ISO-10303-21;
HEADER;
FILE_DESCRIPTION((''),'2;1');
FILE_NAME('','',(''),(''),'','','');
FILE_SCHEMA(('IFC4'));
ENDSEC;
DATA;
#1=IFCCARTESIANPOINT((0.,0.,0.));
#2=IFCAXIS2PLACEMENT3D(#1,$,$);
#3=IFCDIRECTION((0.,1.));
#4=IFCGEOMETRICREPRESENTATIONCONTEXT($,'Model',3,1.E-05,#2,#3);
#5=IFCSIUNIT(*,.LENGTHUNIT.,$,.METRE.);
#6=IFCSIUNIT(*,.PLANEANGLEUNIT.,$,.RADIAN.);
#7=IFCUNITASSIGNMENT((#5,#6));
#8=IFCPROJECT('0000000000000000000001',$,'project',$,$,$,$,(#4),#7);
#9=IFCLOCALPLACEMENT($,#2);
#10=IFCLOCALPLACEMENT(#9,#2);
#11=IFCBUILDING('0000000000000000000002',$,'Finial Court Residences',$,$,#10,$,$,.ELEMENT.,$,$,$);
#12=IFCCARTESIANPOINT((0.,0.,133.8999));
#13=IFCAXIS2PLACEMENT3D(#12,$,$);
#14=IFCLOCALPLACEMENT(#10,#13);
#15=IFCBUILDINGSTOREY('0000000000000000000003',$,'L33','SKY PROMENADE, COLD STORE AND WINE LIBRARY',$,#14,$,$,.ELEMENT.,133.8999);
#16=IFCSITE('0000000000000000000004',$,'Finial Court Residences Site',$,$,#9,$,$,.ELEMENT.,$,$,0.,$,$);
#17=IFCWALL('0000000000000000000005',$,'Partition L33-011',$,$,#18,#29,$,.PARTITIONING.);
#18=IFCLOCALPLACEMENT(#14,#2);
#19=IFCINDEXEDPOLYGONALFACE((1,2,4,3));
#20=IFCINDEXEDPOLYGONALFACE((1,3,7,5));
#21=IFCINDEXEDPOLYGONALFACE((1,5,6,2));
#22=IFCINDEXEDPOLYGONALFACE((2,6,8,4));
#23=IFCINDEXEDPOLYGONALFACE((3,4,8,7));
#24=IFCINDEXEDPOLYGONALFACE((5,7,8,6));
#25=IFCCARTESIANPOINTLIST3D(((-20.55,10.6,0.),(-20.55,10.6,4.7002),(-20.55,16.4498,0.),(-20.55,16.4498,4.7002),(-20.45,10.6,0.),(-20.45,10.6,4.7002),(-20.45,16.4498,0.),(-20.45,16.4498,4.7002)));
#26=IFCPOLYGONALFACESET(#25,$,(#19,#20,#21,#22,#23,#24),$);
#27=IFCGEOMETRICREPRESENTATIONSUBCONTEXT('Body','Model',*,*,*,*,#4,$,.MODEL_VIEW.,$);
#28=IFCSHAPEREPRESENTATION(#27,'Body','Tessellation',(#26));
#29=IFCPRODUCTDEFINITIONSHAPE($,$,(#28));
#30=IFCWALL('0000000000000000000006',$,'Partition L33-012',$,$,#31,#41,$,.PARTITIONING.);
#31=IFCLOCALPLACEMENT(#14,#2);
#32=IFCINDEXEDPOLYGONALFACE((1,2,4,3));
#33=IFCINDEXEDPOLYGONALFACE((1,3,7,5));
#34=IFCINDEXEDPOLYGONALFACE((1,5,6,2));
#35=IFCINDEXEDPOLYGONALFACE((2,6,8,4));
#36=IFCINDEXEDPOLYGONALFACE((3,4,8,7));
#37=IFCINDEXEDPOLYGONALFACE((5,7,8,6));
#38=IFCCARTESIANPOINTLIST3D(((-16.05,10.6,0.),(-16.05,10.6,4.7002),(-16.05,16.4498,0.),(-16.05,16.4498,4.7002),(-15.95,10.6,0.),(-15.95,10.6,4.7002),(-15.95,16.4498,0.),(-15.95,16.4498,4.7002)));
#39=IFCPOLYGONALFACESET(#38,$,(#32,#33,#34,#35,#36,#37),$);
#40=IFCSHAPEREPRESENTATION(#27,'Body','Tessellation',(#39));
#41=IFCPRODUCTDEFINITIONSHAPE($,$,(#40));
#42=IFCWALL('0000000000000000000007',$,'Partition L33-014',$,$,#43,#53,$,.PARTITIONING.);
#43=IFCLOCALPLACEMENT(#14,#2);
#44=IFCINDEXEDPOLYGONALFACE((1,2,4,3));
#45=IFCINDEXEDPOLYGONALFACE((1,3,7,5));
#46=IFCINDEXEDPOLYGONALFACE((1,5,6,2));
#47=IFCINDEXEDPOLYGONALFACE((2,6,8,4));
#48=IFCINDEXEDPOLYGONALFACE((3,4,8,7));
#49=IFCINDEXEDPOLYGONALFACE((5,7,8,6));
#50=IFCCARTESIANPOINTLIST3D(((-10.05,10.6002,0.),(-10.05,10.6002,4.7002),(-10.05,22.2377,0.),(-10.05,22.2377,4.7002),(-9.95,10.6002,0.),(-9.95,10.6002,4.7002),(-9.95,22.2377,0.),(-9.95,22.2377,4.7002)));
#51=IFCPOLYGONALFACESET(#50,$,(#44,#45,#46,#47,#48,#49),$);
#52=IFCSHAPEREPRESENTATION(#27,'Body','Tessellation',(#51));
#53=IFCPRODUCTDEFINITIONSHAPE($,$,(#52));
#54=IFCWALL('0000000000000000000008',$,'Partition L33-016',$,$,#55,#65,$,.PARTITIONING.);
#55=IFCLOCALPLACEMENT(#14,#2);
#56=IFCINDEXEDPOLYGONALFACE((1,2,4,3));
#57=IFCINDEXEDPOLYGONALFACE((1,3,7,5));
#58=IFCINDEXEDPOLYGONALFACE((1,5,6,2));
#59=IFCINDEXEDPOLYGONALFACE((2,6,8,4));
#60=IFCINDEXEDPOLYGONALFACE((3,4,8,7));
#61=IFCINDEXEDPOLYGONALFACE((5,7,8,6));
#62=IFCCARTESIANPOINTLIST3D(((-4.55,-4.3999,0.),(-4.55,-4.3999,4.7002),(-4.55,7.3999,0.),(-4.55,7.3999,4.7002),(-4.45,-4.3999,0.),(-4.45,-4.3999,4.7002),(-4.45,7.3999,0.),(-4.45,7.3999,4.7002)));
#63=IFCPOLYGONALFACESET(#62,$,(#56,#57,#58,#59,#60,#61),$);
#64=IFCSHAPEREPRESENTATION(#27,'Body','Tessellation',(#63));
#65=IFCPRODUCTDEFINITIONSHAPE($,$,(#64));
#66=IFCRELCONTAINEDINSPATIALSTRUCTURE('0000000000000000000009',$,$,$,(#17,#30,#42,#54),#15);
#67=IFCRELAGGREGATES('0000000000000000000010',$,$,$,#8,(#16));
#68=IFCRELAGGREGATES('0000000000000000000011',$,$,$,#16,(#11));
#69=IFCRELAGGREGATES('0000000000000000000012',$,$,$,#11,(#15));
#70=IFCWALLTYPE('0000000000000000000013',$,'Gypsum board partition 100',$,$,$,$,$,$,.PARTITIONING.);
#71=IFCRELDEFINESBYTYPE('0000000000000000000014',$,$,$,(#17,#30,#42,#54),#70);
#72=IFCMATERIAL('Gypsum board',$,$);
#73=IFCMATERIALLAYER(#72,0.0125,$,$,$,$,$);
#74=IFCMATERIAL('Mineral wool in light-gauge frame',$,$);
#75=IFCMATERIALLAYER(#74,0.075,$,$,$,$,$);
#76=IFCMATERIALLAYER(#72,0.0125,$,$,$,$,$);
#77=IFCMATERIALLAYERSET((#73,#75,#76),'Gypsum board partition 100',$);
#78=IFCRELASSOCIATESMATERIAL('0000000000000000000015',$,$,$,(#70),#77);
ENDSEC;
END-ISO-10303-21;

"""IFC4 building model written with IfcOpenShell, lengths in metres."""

from ifc_helpers import new_model, si_unit, direction, frame, frame_2d, origin, place, context, subcontext, project, spatial, rectangle, extrude, material, layer, layer_set, type_object, element, save


model = new_model("IFC4")

# Units and contexts
model_context = context("Model", 3, precision=1e-05, world=origin(), true_north=direction((0.0, 1.0)))
body_context = subcontext(model_context, "Body", "Model", "MODEL_VIEW")
ifc_project = project(units=[si_unit("LENGTHUNIT", "METRE"), si_unit("PLANEANGLEUNIT", "RADIAN")], contexts=[model_context])

# Site, building, storey
site_placement = place(None, origin())
site = spatial("IfcSite", under=ifc_project, at=site_placement, Name="Finial Court Residences Site", CompositionType="ELEMENT", RefElevation=0.0)
building_placement = place(site_placement, origin())
building = spatial("IfcBuilding", under=site, at=building_placement, Name="Finial Court Residences", CompositionType="ELEMENT")
storey_placement = place(building_placement, frame((0.0, 0.0, 133.8999)))
storey = spatial("IfcBuildingStorey", under=building, at=storey_placement, Name="L33", Description="SKY PROMENADE, COLD STORE AND WINE LIBRARY", CompositionType="ELEMENT", Elevation=133.8999)

# Shared definitions
ifc_material_1 = material(Name="Gypsum board")

# Walls
ifc_layer_1 = layer(ifc_material_1, 0.0125)
ifc_material_2 = material(Name="Mineral wool in light-gauge frame")
ifc_layer_2 = layer(ifc_material_2, 0.075)
ifc_layer_3 = layer(ifc_material_1, 0.0125)
ifc_layer_set_1 = layer_set([ifc_layer_1, ifc_layer_2, ifc_layer_3], Name="Gypsum board partition 100")
wall_type_1 = type_object("IfcWallType", Name="Gypsum board partition 100", PredefinedType="PARTITIONING", material=ifc_layer_set_1)
for number, where, z_axis, x_axis, name in (
    (1, (-20.5, 10.6001, 0.0), (0.0, 0.0, 1.0), (0.0, 1.0, 0.0), "Partition L33-011"),
    (2, (-16.0, 10.6001, 0.0), (0.0, 0.0, 1.0), (0.0, 1.0, 0.0), "Partition L33-012"),
):
    element("IfcWall", number, at=place(storey_placement, frame(where, z_axis=z_axis, x_axis=x_axis)), inside=storey, type_object=wall_type_1, Name=name, PredefinedType="PARTITIONING", context=body_context, shape_type="SweptSolid", body=[
        extrude(rectangle(XDim=5.8499, YDim=0.1001, at=frame_2d((2.9248, 0.0))), origin(), (0.0, 0.0, 1.0), 4.7002),
    ])
wall_1_placement = place(storey_placement, frame((-10.0, 10.6001, 0.0), z_axis=(0.0, 0.0, 1.0), x_axis=(0.0, 1.0, 0.0)))
element("IfcWall", 3, at=wall_1_placement, inside=storey, type_object=wall_type_1, Name="Partition L33-014", PredefinedType="PARTITIONING", context=body_context, shape_type="SweptSolid", body=[
    extrude(rectangle(XDim=11.6375, YDim=0.1001, at=frame_2d((5.8188, 0.0))), origin(), (0.0, 0.0, 1.0), 4.7002),
])
wall_2_placement = place(storey_placement, frame((-4.5, -4.3999, 0.0), z_axis=(0.0, 0.0, 1.0), x_axis=(0.0, 1.0, 0.0)))
element("IfcWall", 4, at=wall_2_placement, inside=storey, type_object=wall_type_1, Name="Partition L33-016", PredefinedType="PARTITIONING", context=body_context, shape_type="SweptSolid", body=[
    extrude(rectangle(XDim=11.7998, YDim=0.1001, at=frame_2d((5.8999, 0.0))), origin(), (0.0, 0.0, 1.0), 4.7002),
])

save(model, "model.ifc")
